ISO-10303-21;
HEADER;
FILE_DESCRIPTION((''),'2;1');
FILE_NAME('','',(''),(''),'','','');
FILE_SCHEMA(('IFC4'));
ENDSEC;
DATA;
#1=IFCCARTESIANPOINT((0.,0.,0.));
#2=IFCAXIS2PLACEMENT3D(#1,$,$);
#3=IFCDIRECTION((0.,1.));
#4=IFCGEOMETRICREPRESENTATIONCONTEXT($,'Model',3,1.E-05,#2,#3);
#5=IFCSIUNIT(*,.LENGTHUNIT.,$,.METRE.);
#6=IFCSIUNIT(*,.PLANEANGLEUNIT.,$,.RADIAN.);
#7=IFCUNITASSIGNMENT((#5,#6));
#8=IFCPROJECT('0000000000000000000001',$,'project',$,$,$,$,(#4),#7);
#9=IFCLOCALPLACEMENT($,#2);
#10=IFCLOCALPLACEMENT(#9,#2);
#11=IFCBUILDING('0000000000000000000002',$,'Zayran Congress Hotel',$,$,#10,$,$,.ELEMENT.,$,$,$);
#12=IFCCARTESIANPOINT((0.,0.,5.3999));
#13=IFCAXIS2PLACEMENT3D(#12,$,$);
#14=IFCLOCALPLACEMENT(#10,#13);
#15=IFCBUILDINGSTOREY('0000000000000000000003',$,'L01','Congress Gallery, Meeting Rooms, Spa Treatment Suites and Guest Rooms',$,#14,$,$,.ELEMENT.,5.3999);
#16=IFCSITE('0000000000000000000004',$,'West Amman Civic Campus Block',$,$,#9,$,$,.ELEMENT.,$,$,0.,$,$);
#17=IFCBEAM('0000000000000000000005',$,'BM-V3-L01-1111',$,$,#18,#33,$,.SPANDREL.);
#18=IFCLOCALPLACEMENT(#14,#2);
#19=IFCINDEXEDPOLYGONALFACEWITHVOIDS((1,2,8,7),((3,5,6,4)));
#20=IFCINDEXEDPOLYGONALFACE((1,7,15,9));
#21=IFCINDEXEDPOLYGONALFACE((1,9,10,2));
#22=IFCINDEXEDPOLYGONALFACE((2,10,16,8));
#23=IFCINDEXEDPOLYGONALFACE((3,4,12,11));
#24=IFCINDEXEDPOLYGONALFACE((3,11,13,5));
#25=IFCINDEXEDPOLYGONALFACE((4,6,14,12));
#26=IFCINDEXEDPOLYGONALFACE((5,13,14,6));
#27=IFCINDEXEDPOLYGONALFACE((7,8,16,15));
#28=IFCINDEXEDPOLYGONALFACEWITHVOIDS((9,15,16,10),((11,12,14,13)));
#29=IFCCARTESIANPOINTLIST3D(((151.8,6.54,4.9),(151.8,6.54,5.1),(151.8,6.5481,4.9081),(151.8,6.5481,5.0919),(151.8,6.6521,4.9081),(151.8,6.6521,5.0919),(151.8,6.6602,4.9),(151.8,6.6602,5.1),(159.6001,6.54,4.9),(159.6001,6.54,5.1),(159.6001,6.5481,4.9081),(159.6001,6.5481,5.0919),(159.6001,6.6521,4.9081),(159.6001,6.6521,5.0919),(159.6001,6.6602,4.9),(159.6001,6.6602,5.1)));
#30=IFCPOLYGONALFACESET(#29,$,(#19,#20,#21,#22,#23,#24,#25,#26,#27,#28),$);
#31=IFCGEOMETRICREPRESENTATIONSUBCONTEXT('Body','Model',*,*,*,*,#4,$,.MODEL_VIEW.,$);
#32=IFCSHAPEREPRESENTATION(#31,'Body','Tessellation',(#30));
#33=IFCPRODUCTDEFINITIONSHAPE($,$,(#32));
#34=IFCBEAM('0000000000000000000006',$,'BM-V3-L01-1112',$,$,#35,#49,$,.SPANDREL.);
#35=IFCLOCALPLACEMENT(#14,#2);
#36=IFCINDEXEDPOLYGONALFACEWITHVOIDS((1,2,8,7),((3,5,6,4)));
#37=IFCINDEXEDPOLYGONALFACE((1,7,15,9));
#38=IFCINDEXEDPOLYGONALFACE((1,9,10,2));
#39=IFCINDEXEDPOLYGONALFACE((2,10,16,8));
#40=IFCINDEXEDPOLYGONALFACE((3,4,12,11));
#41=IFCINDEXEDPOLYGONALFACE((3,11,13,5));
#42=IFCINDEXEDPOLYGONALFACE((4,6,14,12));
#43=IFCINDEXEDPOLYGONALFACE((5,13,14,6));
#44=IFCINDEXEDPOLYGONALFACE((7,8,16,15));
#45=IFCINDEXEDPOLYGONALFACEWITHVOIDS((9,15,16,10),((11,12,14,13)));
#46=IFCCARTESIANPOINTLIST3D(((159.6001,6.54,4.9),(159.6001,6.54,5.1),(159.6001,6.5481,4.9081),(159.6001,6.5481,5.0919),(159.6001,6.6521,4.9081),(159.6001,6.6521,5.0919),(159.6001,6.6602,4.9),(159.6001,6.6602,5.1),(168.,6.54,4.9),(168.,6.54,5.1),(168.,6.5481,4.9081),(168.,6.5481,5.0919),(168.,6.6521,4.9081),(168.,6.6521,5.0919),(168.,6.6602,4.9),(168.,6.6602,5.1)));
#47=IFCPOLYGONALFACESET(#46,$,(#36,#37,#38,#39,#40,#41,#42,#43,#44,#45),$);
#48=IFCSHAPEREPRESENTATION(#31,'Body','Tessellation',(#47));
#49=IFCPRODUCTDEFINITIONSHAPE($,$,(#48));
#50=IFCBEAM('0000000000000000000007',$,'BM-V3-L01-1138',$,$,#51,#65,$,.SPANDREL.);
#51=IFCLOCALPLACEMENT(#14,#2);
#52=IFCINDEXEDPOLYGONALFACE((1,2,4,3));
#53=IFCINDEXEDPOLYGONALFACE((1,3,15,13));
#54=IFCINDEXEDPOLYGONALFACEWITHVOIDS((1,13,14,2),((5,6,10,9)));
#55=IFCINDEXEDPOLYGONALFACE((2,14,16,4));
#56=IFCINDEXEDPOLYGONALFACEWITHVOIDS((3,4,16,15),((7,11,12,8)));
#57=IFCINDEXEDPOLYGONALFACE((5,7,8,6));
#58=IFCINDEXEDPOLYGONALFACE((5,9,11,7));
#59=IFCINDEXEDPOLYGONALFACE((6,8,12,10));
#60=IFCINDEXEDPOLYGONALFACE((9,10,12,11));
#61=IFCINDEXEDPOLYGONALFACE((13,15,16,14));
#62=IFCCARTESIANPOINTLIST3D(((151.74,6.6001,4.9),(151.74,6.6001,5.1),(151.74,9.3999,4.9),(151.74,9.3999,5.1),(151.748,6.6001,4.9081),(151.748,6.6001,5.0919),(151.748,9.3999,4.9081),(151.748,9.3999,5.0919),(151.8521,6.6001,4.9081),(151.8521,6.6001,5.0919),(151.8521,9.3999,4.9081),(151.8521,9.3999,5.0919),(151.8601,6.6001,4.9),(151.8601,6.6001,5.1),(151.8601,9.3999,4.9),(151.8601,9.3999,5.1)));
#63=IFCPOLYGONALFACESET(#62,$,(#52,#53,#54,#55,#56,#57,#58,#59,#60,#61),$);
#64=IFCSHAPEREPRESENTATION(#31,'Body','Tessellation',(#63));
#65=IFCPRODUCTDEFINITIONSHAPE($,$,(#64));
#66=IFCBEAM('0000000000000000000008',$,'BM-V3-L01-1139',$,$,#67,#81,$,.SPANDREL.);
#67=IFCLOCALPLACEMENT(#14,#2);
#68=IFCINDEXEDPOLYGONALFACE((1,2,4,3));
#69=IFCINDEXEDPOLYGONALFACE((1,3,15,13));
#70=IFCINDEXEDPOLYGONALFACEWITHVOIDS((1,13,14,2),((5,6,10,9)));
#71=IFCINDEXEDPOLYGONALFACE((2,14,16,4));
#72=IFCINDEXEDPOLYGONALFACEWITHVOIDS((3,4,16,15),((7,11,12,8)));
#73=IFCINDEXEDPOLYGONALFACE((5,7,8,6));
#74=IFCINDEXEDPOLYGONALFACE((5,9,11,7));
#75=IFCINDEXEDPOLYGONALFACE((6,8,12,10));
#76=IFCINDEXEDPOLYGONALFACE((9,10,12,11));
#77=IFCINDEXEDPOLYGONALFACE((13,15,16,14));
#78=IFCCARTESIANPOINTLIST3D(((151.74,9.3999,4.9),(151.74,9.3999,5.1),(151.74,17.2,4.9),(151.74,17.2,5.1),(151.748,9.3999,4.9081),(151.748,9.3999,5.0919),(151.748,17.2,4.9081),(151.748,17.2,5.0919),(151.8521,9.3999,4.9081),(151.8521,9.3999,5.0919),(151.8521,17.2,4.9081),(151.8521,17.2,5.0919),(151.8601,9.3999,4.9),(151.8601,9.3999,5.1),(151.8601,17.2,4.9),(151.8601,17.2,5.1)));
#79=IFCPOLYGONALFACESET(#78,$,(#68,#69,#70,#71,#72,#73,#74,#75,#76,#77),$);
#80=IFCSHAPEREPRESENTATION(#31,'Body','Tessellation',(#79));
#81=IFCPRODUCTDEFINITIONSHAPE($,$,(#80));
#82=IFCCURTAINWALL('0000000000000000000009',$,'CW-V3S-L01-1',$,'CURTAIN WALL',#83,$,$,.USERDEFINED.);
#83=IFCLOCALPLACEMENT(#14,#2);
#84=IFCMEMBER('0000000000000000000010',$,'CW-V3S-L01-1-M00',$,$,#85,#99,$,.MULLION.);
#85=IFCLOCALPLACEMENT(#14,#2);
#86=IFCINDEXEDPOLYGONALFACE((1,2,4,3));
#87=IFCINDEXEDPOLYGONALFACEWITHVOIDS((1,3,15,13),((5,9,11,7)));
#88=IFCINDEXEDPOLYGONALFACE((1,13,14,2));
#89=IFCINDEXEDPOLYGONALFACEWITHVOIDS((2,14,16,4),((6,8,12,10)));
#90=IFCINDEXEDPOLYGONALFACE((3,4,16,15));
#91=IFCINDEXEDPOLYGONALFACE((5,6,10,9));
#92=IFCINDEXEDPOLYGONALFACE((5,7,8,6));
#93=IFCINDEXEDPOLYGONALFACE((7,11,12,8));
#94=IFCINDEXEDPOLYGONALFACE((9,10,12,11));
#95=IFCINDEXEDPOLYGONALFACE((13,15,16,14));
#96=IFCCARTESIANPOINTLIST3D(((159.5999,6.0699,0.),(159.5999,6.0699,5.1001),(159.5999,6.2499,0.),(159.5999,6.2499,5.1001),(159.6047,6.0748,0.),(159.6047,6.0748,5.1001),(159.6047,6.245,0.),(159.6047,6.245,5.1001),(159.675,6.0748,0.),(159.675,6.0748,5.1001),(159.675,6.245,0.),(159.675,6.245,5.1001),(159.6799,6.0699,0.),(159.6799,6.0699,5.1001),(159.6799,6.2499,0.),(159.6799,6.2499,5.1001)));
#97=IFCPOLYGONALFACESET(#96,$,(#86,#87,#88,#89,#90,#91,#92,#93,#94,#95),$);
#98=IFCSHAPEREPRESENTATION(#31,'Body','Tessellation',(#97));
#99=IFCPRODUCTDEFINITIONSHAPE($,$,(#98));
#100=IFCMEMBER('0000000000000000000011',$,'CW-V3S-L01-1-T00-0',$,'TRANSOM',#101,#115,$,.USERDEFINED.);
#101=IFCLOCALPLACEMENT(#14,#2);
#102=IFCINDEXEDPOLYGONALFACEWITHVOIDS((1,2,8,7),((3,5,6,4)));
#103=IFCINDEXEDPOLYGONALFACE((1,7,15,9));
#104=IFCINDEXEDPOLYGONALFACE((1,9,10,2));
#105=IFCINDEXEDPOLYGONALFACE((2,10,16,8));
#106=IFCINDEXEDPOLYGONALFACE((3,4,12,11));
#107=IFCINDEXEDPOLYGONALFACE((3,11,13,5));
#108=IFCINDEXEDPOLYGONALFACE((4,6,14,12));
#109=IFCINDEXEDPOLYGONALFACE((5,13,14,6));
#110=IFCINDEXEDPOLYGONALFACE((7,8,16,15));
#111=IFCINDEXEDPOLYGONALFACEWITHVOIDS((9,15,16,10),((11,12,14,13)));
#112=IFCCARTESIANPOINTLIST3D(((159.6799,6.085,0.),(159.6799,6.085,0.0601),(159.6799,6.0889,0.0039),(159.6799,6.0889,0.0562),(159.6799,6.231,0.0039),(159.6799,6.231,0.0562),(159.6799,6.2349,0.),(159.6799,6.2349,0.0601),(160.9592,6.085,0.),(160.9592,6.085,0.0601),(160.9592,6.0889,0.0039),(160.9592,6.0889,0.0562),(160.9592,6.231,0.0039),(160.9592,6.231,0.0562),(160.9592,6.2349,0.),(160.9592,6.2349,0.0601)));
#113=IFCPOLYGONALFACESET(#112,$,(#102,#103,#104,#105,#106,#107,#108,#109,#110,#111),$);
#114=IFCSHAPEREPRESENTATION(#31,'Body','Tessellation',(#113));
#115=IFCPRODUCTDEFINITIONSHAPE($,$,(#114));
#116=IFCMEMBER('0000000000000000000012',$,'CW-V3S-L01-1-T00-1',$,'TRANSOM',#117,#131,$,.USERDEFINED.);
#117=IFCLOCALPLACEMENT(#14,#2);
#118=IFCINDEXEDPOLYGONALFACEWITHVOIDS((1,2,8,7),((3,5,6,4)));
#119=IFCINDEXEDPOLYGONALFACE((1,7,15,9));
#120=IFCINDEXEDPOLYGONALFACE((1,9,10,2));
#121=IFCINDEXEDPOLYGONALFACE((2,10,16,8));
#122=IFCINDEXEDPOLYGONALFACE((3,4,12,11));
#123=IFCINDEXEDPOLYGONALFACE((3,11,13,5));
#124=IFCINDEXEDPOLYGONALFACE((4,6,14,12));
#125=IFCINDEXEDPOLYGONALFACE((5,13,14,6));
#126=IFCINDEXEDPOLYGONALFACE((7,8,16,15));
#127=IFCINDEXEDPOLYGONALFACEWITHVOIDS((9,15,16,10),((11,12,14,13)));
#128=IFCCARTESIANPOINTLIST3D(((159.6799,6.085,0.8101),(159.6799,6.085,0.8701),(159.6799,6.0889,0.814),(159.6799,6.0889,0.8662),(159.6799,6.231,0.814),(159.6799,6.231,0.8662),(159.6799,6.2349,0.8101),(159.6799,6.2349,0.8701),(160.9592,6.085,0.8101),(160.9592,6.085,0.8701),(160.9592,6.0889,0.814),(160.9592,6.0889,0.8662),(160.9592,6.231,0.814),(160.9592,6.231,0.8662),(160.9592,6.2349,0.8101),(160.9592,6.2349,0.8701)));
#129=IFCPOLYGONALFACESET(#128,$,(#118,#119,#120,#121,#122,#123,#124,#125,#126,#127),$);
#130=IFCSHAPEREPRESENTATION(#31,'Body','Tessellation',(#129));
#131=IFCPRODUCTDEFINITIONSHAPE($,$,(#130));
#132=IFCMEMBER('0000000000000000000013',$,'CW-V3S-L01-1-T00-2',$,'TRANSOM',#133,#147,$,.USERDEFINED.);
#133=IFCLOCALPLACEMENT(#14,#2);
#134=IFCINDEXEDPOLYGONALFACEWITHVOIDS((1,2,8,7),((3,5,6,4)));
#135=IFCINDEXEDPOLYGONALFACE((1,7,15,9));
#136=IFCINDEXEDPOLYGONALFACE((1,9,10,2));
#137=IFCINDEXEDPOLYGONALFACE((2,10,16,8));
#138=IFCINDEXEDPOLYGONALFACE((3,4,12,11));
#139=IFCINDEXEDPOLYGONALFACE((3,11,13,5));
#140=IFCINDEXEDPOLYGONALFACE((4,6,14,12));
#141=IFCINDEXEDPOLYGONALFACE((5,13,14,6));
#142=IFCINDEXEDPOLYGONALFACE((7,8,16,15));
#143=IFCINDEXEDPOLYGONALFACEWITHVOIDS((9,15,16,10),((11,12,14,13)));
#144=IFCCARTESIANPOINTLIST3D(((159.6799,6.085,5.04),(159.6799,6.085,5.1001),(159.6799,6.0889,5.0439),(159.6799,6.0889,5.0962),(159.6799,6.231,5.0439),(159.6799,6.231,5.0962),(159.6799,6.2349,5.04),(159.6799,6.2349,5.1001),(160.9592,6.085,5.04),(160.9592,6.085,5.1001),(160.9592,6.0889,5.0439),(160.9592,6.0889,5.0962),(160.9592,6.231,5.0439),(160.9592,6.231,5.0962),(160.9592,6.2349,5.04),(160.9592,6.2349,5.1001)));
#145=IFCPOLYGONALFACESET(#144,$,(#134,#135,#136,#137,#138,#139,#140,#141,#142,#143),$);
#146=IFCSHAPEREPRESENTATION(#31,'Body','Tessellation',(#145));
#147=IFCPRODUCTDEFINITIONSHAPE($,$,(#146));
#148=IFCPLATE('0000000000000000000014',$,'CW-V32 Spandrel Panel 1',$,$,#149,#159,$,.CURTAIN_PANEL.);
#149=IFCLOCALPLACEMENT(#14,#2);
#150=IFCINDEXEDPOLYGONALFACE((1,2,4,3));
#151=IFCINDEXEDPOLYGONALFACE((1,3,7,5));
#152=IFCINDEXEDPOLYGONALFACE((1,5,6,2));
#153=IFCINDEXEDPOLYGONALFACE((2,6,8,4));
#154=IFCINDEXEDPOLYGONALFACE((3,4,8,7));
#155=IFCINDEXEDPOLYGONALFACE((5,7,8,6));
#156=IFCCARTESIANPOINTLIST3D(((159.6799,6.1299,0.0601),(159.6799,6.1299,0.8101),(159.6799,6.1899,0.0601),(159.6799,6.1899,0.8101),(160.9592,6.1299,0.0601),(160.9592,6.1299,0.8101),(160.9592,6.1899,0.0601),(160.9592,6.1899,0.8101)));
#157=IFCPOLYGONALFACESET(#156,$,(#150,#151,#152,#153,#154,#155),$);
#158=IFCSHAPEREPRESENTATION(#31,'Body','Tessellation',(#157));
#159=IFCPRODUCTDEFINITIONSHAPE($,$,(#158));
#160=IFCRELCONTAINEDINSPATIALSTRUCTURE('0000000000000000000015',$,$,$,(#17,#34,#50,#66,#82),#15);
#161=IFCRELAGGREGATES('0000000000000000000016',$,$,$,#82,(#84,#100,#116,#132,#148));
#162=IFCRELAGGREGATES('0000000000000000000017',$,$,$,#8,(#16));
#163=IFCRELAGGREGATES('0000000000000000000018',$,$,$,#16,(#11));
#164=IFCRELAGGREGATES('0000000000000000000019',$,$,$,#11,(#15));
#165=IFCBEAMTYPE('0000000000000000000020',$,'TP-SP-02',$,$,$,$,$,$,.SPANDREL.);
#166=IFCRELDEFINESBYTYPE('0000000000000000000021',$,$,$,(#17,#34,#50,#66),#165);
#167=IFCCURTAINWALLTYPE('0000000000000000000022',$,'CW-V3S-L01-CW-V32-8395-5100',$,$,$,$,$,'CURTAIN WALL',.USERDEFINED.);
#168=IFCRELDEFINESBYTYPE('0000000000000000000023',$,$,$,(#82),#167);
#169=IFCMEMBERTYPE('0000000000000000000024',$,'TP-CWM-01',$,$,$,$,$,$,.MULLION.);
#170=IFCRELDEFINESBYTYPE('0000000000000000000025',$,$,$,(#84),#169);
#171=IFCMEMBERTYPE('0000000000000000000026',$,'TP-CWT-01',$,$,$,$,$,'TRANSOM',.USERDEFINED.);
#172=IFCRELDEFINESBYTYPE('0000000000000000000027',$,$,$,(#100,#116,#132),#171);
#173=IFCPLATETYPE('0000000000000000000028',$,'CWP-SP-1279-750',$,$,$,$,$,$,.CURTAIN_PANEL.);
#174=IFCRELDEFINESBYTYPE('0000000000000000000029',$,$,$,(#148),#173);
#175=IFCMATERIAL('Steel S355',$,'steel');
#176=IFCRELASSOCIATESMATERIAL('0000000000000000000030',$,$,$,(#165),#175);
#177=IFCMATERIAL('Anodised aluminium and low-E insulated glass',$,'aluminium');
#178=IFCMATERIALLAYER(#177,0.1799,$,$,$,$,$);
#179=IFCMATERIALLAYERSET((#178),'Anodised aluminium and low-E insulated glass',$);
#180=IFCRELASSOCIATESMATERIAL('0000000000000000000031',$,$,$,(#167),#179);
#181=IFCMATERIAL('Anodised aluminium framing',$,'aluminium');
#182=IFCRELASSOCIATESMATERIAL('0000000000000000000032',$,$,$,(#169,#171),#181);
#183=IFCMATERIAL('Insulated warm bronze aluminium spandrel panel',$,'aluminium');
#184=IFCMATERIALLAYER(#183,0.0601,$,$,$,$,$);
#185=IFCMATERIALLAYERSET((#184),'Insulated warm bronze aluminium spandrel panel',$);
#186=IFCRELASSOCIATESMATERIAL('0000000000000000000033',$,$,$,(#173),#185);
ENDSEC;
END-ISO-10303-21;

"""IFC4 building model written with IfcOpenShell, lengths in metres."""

from ifc_helpers import new_model, si_unit, direction, frame, origin, origin_2d, place, context, subcontext, project, spatial, rectangle, hollow_rectangle, extrude, material, layer, layer_set, material_profile, profile_set, type_object, element, aggregate, save


model = new_model("IFC4")

# Units and contexts
model_context = context("Model", 3, precision=1e-05, world=origin(), true_north=direction((0.0, 1.0)))
body_context = subcontext(model_context, "Body", "Model", "MODEL_VIEW")
ifc_project = project(units=[si_unit("LENGTHUNIT", "METRE"), si_unit("PLANEANGLEUNIT", "RADIAN")], contexts=[model_context])

# Site, building, storey
site_placement = place(None, origin())
site = spatial("IfcSite", under=ifc_project, at=site_placement, Name="West Amman Civic Campus Block", CompositionType="ELEMENT", RefElevation=0.0)
building_placement = place(site_placement, origin())
building = spatial("IfcBuilding", under=site, at=building_placement, Name="Zayran Congress Hotel", CompositionType="ELEMENT")
storey_placement = place(building_placement, frame((0.0, 0.0, 5.3999)))
storey = spatial("IfcBuildingStorey", under=building, at=storey_placement, Name="L01", Description="Congress Gallery, Meeting Rooms, Spa Treatment Suites and Guest Rooms", CompositionType="ELEMENT", Elevation=5.3999)

# Shared definitions
ifc_material_1 = material(Name="Steel S355", Category="steel")

# Beams
ifc_material_profile_1 = material_profile(ifc_material_1, hollow_rectangle(XDim=0.1201, YDim=0.2, WallThickness=0.0081, at=origin_2d()), Name="RHS 200x120x8")
ifc_profile_set_1 = profile_set([ifc_material_profile_1], Name="Steel S355")
beam_type_1 = type_object("IfcBeamType", Name="TP-SP-02", PredefinedType="SPANDREL", material=ifc_profile_set_1)
beam_1_placement = place(storey_placement, frame((151.8, 6.6001, 5.0), z_axis=(1.0, 0.0, 0.0), x_axis=(0.0, 1.0, 0.0)))
element("IfcBeam", 1, at=beam_1_placement, inside=storey, type_object=beam_type_1, Name="BM-V3-L01-1111", PredefinedType="SPANDREL", context=body_context, shape_type="SweptSolid", body=[
    extrude(hollow_rectangle(XDim=0.1201, YDim=0.2, WallThickness=0.0081, at=origin_2d()), origin(), (0.0, 0.0, 1.0), 7.8),
])
beam_2_placement = place(storey_placement, frame((159.6001, 6.6001, 5.0), z_axis=(1.0, 0.0, 0.0), x_axis=(0.0, 1.0, 0.0)))
element("IfcBeam", 2, at=beam_2_placement, inside=storey, type_object=beam_type_1, Name="BM-V3-L01-1112", PredefinedType="SPANDREL", context=body_context, shape_type="SweptSolid", body=[
    extrude(hollow_rectangle(XDim=0.1201, YDim=0.2, WallThickness=0.0081, at=origin_2d()), origin(), (0.0, 0.0, 1.0), 8.3999),
])
beam_3_placement = place(storey_placement, frame((151.8, 6.6001, 5.0), z_axis=(0.0, 1.0, 0.0), x_axis=(-1.0, 0.0, 0.0)))
element("IfcBeam", 3, at=beam_3_placement, inside=storey, type_object=beam_type_1, Name="BM-V3-L01-1138", PredefinedType="SPANDREL", context=body_context, shape_type="SweptSolid", body=[
    extrude(hollow_rectangle(XDim=0.1201, YDim=0.2, WallThickness=0.0081, at=origin_2d()), origin(), (0.0, 0.0, 1.0), 2.7998),
])
beam_4_placement = place(storey_placement, frame((151.8, 9.3999, 5.0), z_axis=(0.0, 1.0, 0.0), x_axis=(-1.0, 0.0, 0.0)))
element("IfcBeam", 4, at=beam_4_placement, inside=storey, type_object=beam_type_1, Name="BM-V3-L01-1139", PredefinedType="SPANDREL", context=body_context, shape_type="SweptSolid", body=[
    extrude(hollow_rectangle(XDim=0.1201, YDim=0.2, WallThickness=0.0081, at=origin_2d()), origin(), (0.0, 0.0, 1.0), 7.8),
])

# Curtain wall, members, plate
ifc_material_2 = material(Name="Anodised aluminium and low-E insulated glass", Category="aluminium")
ifc_layer_1 = layer(ifc_material_2, 0.1799)
ifc_layer_set_1 = layer_set([ifc_layer_1], Name="Anodised aluminium and low-E insulated glass")
curtain_wall_type = type_object("IfcCurtainWallType", Name="CW-V3S-L01-CW-V32-8395-5100", ElementType="CURTAIN WALL", PredefinedType="USERDEFINED", material=ifc_layer_set_1)
curtain_wall_placement = place(storey_placement, origin())
curtain_wall = element("IfcCurtainWall", 5, at=curtain_wall_placement, inside=storey, type_object=curtain_wall_type, Name="CW-V3S-L01-1", ObjectType="CURTAIN WALL", PredefinedType="USERDEFINED")
ifc_material_3 = material(Name="Anodised aluminium framing", Category="aluminium")
ifc_material_profile_2 = material_profile(ifc_material_3, hollow_rectangle(XDim=0.0801, YDim=0.1799, WallThickness=0.0049, at=origin_2d()), Name="RHS 180x80x5")
ifc_profile_set_2 = profile_set([ifc_material_profile_2], Name="Anodised aluminium framing")
member_type_1 = type_object("IfcMemberType", Name="TP-CWM-01", PredefinedType="MULLION", material=ifc_profile_set_2)
member_1_placement = place(storey_placement, frame((159.6399, 6.1599, 0.0), z_axis=(0.0, 0.0, 1.0), x_axis=(1.0, 0.0, 0.0)))
member_1 = element("IfcMember", 6, at=member_1_placement, type_object=member_type_1, Name="CW-V3S-L01-1-M00", PredefinedType="MULLION", context=body_context, shape_type="SweptSolid", body=[
    extrude(hollow_rectangle(XDim=0.0801, YDim=0.1799, WallThickness=0.0049, at=origin_2d()), origin(), (0.0, 0.0, 1.0), 5.1001),
])
ifc_material_profile_3 = material_profile(ifc_material_3, hollow_rectangle(XDim=0.0601, YDim=0.1499, WallThickness=0.0039, at=origin_2d()), Name="RHS 150x60x4")
ifc_profile_set_3 = profile_set([ifc_material_profile_3], Name="Anodised aluminium framing")
member_type_2 = type_object("IfcMemberType", Name="TP-CWT-01", ElementType="TRANSOM", PredefinedType="USERDEFINED", material=ifc_profile_set_3)
member_2_placement = place(storey_placement, frame((159.6799, 6.1599, 0.03), z_axis=(1.0, 0.0, 0.0), x_axis=(0.0, 0.0, 1.0)))
member_2 = element("IfcMember", 7, at=member_2_placement, type_object=member_type_2, Name="CW-V3S-L01-1-T00-0", ObjectType="TRANSOM", PredefinedType="USERDEFINED", context=body_context, shape_type="SweptSolid", body=[
    extrude(hollow_rectangle(XDim=0.0601, YDim=0.1499, WallThickness=0.0039, at=origin_2d()), origin(), (0.0, 0.0, 1.0), 1.2793),
])
member_3_placement = place(storey_placement, frame((159.6799, 6.1599, 0.8401), z_axis=(1.0, 0.0, 0.0), x_axis=(0.0, 0.0, 1.0)))
member_3 = element("IfcMember", 8, at=member_3_placement, type_object=member_type_2, Name="CW-V3S-L01-1-T00-1", ObjectType="TRANSOM", PredefinedType="USERDEFINED", context=body_context, shape_type="SweptSolid", body=[
    extrude(hollow_rectangle(XDim=0.0601, YDim=0.1499, WallThickness=0.0039, at=origin_2d()), origin(), (0.0, 0.0, 1.0), 1.2793),
])
member_4_placement = place(storey_placement, frame((159.6799, 6.1599, 5.0701), z_axis=(1.0, 0.0, 0.0), x_axis=(0.0, 0.0, 1.0)))
member_4 = element("IfcMember", 9, at=member_4_placement, type_object=member_type_2, Name="CW-V3S-L01-1-T00-2", ObjectType="TRANSOM", PredefinedType="USERDEFINED", context=body_context, shape_type="SweptSolid", body=[
    extrude(hollow_rectangle(XDim=0.0601, YDim=0.1499, WallThickness=0.0039, at=origin_2d()), origin(), (0.0, 0.0, 1.0), 1.2793),
])
ifc_material_4 = material(Name="Insulated warm bronze aluminium spandrel panel", Category="aluminium")
ifc_layer_2 = layer(ifc_material_4, 0.0601)
ifc_layer_set_2 = layer_set([ifc_layer_2], Name="Insulated warm bronze aluminium spandrel panel")
plate_type = type_object("IfcPlateType", Name="CWP-SP-1279-750", PredefinedType="CURTAIN_PANEL", material=ifc_layer_set_2)
plate_placement = place(storey_placement, frame((160.3196, 6.1599, 0.0601), z_axis=(0.0, 0.0, 1.0), x_axis=(1.0, 0.0, 0.0)))
plate = element("IfcPlate", 10, at=plate_placement, type_object=plate_type, Name="CW-V32 Spandrel Panel 1", PredefinedType="CURTAIN_PANEL", context=body_context, shape_type="SweptSolid", body=[
    extrude(rectangle(XDim=1.2793, YDim=0.0601, at=origin_2d()), origin(), (0.0, 0.0, 1.0), 0.75),
])
aggregate(curtain_wall, [member_1, member_2, member_3, member_4, plate])

save(model, "model.ifc")
